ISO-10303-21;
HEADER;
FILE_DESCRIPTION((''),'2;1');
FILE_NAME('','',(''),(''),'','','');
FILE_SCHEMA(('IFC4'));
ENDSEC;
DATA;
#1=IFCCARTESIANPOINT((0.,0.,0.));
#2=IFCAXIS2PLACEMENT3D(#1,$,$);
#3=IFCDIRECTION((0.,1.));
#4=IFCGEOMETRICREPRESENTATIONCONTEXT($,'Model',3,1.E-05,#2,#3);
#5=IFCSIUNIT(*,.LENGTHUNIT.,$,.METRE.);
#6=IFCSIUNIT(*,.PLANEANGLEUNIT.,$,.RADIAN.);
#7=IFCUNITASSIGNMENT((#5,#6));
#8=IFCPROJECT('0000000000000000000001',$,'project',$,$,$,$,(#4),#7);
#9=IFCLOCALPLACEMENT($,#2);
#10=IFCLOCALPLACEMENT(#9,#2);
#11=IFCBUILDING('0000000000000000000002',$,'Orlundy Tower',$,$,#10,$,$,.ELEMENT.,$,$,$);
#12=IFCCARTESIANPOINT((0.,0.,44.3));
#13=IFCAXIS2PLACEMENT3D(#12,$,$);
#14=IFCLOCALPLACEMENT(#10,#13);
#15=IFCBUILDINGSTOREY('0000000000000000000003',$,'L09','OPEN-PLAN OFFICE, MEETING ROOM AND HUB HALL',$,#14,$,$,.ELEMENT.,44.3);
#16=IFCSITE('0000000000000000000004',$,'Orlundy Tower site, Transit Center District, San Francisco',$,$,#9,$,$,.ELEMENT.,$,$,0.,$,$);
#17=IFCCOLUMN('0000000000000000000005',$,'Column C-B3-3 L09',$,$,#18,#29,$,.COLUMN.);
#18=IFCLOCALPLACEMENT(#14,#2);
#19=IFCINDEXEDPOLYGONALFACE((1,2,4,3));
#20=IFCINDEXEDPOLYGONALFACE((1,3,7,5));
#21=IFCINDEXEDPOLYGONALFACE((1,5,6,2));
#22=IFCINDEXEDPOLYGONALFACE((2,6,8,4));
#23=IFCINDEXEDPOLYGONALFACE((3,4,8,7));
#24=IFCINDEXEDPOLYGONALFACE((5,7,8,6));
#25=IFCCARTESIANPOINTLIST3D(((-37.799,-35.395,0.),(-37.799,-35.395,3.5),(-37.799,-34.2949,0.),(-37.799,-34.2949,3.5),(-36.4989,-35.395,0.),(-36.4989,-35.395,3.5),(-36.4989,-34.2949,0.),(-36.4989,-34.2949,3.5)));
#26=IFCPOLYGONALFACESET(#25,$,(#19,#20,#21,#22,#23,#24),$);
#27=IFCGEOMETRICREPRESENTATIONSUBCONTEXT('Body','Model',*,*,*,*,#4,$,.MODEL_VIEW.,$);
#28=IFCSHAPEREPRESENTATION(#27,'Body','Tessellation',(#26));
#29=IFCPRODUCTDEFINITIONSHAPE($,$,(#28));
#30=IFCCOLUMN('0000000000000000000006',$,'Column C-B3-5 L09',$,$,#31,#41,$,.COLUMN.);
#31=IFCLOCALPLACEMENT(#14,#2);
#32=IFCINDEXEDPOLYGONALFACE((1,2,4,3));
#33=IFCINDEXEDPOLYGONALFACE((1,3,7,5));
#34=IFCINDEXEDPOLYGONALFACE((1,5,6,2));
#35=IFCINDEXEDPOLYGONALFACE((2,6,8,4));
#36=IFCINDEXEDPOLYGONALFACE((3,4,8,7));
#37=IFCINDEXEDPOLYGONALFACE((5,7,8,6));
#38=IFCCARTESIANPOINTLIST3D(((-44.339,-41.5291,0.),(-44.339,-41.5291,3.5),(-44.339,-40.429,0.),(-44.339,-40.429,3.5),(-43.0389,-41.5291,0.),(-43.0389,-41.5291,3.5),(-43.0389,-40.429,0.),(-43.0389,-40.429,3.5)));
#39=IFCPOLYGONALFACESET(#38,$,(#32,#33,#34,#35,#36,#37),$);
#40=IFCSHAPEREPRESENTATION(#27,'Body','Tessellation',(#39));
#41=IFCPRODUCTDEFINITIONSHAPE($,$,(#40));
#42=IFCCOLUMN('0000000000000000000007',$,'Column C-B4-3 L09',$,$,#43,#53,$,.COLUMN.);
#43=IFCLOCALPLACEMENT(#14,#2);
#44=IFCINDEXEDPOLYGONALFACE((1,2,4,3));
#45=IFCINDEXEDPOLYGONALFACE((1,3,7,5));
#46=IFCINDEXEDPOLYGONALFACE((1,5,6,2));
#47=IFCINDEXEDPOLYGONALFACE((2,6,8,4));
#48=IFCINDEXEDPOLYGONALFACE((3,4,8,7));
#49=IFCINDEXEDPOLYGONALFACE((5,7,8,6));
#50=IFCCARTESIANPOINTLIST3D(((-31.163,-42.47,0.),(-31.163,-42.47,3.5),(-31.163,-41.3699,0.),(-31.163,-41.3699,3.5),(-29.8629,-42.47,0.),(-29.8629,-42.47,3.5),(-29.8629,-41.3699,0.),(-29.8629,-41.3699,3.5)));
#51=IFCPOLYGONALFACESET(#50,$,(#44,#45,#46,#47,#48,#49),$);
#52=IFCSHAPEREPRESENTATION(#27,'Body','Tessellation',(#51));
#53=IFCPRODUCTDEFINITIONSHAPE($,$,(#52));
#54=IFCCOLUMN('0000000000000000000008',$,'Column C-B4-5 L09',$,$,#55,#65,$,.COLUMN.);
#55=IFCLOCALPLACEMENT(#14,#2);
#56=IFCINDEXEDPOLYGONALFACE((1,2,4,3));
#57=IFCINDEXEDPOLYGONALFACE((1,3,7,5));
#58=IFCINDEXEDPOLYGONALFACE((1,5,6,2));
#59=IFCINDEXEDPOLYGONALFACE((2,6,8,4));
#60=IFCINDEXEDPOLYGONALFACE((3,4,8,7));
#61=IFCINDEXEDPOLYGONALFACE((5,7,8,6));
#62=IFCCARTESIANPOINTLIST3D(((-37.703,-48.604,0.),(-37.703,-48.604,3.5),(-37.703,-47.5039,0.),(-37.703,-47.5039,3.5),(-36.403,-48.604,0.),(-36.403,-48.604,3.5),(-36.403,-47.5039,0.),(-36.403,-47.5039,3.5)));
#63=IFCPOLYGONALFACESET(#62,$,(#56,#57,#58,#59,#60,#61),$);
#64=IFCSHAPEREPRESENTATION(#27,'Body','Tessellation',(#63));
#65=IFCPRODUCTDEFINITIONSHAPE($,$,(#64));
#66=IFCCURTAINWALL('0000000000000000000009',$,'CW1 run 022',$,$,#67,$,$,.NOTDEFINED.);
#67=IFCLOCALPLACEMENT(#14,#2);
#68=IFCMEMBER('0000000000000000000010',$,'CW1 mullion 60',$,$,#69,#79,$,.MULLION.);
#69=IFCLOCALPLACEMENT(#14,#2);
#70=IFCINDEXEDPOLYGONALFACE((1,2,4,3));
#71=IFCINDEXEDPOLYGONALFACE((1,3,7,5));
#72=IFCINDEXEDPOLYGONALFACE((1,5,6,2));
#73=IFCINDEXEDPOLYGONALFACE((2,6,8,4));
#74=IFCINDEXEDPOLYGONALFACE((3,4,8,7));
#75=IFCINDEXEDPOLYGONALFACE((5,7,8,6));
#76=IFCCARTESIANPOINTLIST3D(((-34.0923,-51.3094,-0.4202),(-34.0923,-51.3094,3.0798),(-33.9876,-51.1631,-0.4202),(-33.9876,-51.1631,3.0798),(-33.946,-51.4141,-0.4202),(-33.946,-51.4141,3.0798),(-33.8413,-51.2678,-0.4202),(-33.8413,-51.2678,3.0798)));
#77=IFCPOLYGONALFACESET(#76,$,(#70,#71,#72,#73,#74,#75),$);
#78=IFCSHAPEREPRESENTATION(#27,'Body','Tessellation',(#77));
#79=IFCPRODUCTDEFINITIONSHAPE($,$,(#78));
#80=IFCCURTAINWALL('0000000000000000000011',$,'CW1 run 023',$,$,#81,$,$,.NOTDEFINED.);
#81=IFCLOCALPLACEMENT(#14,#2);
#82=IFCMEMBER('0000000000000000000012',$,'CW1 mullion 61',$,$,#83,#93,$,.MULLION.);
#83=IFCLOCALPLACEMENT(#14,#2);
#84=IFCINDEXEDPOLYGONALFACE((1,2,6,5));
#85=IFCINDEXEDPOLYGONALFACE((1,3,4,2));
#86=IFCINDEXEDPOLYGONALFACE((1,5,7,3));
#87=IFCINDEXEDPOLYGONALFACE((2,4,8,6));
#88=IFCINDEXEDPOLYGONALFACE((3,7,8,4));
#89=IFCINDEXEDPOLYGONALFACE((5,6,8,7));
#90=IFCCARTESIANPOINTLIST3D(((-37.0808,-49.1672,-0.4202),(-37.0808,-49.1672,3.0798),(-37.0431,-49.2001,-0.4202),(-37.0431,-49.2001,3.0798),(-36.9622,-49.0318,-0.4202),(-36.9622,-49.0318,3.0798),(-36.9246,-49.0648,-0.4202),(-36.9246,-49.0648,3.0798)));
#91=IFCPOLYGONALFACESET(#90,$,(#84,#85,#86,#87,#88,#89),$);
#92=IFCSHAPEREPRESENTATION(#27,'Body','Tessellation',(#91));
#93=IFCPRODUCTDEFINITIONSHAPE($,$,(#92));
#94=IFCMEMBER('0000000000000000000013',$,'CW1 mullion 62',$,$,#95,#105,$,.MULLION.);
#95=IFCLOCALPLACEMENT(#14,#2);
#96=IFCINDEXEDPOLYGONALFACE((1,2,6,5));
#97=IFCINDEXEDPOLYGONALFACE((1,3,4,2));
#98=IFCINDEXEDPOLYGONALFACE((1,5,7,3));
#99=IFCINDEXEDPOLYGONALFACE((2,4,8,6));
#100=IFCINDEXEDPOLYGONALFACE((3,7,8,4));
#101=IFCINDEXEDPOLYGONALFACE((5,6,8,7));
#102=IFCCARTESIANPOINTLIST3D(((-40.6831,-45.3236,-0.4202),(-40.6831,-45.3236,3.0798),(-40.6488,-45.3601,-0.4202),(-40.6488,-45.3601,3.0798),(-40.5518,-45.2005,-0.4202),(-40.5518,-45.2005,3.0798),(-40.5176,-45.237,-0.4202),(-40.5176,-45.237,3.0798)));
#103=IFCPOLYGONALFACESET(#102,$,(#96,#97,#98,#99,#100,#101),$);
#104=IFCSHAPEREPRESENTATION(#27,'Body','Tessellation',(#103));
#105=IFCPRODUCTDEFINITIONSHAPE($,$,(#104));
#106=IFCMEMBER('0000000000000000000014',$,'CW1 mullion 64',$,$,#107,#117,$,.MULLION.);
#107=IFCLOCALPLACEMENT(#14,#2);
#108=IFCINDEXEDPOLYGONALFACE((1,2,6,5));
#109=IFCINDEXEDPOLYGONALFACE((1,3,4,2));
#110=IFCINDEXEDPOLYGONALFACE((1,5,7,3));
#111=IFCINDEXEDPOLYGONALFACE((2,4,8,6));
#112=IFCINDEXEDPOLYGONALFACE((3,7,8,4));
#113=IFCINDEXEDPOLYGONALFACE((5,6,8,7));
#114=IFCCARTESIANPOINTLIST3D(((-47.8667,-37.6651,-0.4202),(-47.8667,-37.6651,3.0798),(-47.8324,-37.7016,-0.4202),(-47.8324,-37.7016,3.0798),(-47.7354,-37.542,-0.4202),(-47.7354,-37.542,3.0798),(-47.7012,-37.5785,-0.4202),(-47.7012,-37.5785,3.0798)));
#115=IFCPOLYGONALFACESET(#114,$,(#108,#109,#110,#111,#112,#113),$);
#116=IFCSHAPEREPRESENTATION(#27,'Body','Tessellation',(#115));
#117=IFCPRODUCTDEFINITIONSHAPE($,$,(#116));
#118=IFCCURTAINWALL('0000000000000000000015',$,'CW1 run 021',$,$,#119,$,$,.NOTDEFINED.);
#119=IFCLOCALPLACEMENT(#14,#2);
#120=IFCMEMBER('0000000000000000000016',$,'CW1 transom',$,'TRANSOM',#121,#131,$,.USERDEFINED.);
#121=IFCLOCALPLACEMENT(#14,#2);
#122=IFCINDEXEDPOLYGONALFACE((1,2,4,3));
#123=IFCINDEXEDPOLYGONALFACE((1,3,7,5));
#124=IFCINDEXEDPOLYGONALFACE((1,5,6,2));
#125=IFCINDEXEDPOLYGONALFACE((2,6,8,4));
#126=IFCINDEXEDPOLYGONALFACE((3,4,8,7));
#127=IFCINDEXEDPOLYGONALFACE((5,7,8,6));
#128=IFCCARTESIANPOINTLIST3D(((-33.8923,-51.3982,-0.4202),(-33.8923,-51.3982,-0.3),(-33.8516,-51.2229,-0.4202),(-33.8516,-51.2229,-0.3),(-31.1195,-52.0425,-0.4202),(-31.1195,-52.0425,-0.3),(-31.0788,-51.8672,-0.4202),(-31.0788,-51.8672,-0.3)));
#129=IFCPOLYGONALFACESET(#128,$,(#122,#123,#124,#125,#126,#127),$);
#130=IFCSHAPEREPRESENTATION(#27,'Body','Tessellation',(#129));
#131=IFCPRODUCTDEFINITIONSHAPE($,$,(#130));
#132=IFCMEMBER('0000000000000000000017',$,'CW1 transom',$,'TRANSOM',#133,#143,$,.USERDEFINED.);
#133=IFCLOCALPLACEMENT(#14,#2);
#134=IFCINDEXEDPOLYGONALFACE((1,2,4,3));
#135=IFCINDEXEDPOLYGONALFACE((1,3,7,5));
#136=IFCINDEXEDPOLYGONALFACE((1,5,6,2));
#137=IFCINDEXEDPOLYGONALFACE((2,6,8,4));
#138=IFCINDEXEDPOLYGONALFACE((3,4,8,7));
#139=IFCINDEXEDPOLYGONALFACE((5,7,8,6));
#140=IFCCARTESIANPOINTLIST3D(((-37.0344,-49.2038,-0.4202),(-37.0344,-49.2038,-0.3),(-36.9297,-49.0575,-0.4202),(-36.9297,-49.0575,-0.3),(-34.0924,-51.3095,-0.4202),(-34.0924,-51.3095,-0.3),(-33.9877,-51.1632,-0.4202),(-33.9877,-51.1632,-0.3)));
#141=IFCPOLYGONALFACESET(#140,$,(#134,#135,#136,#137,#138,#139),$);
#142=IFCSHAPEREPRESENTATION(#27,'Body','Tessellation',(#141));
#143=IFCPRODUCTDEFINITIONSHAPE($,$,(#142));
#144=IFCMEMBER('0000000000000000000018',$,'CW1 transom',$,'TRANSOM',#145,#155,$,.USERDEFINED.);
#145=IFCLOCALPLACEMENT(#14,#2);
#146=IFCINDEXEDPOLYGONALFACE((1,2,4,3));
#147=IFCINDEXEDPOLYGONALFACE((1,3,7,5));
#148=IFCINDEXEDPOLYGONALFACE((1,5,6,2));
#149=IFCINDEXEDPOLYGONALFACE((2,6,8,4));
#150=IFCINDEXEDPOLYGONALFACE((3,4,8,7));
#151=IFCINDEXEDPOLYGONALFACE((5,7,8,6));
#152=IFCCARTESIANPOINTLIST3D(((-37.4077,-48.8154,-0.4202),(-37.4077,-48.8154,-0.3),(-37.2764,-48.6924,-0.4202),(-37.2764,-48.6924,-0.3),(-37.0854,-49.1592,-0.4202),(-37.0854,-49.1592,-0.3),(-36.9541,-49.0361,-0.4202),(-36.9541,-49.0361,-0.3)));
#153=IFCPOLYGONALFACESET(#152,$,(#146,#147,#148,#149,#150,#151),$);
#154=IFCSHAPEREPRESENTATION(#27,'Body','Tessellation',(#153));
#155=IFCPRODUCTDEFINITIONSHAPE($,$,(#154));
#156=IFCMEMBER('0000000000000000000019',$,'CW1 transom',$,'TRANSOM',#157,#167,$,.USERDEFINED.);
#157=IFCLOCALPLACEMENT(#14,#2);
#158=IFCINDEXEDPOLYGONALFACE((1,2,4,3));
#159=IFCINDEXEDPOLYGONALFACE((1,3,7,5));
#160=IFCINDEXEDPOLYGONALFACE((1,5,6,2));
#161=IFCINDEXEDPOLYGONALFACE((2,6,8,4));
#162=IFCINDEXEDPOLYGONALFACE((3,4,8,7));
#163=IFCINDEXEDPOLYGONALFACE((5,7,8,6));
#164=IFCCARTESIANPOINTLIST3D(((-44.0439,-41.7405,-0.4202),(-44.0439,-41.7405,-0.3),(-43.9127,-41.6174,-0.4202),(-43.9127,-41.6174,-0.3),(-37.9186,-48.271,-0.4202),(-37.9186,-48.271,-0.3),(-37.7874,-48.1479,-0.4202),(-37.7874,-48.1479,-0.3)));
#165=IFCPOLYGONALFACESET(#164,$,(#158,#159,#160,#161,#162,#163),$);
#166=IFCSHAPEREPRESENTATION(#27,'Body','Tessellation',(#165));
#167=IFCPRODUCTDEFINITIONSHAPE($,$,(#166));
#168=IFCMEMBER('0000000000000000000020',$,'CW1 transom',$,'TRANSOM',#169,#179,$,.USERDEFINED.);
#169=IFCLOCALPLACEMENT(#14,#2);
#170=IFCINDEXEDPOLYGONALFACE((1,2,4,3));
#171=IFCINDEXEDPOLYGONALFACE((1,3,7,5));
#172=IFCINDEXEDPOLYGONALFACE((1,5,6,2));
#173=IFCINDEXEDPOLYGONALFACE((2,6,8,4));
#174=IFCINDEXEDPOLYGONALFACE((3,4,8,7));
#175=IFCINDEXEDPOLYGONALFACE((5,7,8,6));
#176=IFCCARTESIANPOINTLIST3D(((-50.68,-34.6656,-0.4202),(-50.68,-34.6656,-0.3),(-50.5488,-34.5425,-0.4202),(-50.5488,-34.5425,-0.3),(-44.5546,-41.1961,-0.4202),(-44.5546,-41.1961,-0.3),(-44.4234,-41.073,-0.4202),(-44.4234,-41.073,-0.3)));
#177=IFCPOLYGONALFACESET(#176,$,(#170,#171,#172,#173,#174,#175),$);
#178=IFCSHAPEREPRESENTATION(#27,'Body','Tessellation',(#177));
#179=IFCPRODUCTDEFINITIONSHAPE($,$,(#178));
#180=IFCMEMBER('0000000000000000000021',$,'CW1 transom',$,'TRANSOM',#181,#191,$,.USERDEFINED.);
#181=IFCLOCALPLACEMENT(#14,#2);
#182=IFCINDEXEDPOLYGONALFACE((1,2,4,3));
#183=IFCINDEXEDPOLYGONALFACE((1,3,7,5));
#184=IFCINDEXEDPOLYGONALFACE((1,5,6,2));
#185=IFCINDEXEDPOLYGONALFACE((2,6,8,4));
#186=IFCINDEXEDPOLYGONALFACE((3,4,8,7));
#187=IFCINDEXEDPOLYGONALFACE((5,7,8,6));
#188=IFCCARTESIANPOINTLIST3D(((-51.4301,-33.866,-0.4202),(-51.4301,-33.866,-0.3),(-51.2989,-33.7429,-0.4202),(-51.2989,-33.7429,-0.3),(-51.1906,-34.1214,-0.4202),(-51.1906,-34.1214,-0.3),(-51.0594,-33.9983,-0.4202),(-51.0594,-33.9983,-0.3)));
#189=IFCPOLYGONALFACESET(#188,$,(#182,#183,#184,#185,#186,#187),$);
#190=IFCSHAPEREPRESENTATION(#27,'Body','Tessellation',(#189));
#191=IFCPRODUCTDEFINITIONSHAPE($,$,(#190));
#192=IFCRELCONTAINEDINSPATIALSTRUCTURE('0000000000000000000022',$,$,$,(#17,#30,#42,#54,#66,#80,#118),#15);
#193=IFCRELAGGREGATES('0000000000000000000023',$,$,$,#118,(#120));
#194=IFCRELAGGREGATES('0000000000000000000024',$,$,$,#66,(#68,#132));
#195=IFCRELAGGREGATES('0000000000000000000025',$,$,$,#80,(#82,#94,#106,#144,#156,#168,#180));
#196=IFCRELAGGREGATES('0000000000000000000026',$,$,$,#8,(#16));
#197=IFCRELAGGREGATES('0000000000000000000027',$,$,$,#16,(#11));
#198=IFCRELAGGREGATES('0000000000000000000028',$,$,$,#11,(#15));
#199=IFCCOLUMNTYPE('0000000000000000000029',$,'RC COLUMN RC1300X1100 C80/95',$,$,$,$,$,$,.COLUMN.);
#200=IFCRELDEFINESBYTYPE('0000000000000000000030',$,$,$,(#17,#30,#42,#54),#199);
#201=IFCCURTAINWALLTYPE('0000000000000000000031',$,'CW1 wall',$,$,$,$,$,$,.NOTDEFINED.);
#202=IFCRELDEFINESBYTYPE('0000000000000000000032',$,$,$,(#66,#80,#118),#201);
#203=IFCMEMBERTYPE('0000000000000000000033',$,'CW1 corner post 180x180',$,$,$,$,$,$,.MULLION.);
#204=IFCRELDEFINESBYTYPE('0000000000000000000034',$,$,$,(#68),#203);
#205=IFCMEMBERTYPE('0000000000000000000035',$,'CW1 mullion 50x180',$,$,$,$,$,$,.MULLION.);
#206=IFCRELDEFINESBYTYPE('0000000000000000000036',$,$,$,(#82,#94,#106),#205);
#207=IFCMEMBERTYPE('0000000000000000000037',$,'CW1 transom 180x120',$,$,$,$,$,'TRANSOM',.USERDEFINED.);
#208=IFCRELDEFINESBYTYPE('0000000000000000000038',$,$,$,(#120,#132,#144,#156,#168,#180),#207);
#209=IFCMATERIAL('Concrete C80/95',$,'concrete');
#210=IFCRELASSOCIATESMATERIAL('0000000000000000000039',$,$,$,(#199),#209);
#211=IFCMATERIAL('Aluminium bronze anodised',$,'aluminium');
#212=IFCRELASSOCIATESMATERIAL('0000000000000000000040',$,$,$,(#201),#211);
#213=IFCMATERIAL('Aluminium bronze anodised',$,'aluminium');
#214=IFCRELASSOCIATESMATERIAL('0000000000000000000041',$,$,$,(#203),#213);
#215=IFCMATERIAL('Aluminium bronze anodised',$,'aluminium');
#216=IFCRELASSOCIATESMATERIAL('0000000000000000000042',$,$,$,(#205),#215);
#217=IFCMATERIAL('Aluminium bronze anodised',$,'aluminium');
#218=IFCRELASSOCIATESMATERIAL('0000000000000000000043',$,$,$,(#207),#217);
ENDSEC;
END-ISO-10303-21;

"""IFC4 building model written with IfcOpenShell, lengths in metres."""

from ifc_helpers import new_model, si_unit, direction, frame, origin, origin_2d, place, context, subcontext, project, spatial, rectangle, extrude, material, material_profile, profile_set, type_object, element, aggregate, save


model = new_model("IFC4")

# Units and contexts
model_context = context("Model", 3, precision=1e-05, world=origin(), true_north=direction((0.0, 1.0)))
body_context = subcontext(model_context, "Body", "Model", "MODEL_VIEW")
ifc_project = project(units=[si_unit("LENGTHUNIT", "METRE"), si_unit("PLANEANGLEUNIT", "RADIAN")], contexts=[model_context])

# Site, building, storey
site_placement = place(None, origin())
site = spatial("IfcSite", under=ifc_project, at=site_placement, Name="Orlundy Tower site, Transit Center District, San Francisco", CompositionType="ELEMENT", RefElevation=0.0)
building_placement = place(site_placement, origin())
building = spatial("IfcBuilding", under=site, at=building_placement, Name="Orlundy Tower", CompositionType="ELEMENT")
storey_placement = place(building_placement, frame((0.0, 0.0, 44.3)))
storey = spatial("IfcBuildingStorey", under=building, at=storey_placement, Name="L09", Description="OPEN-PLAN OFFICE, MEETING ROOM AND HUB HALL", CompositionType="ELEMENT", Elevation=44.3)

# Columns
ifc_material_1 = material(Name="Concrete C80/95", Category="concrete")
ifc_material_profile_1 = material_profile(ifc_material_1, rectangle(XDim=1.3, YDim=1.1001, at=origin_2d()), Name="RC1300X1100")
ifc_profile_set_1 = profile_set([ifc_material_profile_1], Name="Concrete C80/95")
column_type = type_object("IfcColumnType", Name="RC COLUMN RC1300X1100 C80/95", PredefinedType="COLUMN", material=ifc_profile_set_1)
for number, where, z_axis, x_axis, name in (
    (1, (-37.1489, -34.845, 0.0), (0.0, 0.0, 1.0), (1.0, 0.0, 0.0), "Column C-B3-3 L09"),
    (2, (-43.689, -40.979, 0.0), (0.0, 0.0, 1.0), (1.0, 0.0, 0.0), "Column C-B3-5 L09"),
    (3, (-30.5129, -41.9199, 0.0), (0.0, 0.0, 1.0), (1.0, 0.0, 0.0), "Column C-B4-3 L09"),
    (4, (-37.053, -48.054, 0.0), (0.0, 0.0, 1.0), (1.0, 0.0, 0.0), "Column C-B4-5 L09"),
):
    element("IfcColumn", number, at=place(storey_placement, frame(where, z_axis=z_axis, x_axis=x_axis)), inside=storey, type_object=column_type, Name=name, PredefinedType="COLUMN", context=body_context, shape_type="SweptSolid", body=[
        extrude(rectangle(XDim=1.3, YDim=1.1001, at=origin_2d()), origin(), (0.0, 0.0, 1.0), 3.5),
    ])

# Curtain wall, member
ifc_material_2 = material(Name="Aluminium bronze anodised", Category="aluminium")
curtain_wall_type = type_object("IfcCurtainWallType", Name="CW1 wall", PredefinedType="NOTDEFINED", material=ifc_material_2)
curtain_wall_1_placement = place(storey_placement, origin())
curtain_wall_1 = element("IfcCurtainWall", 5, at=curtain_wall_1_placement, inside=storey, type_object=curtain_wall_type, Name="CW1 run 022", PredefinedType="NOTDEFINED")
ifc_material_3 = material(Name="Aluminium bronze anodised", Category="aluminium")
ifc_material_profile_2 = material_profile(ifc_material_3, rectangle(XDim=0.1799, YDim=0.1799, at=origin_2d()), Name="CW1 corner post 180x180")
ifc_profile_set_2 = profile_set([ifc_material_profile_2], Name="Aluminium bronze anodised")
member_type_1 = type_object("IfcMemberType", Name="CW1 corner post 180x180", PredefinedType="MULLION", material=ifc_profile_set_2)
member_1_placement = place(storey_placement, frame((-33.9668, -51.2886, -0.4202), z_axis=(0.0, 0.0, 1.0), x_axis=(-0.581978, -0.813204, 0.0)))
member_1 = element("IfcMember", 6, at=member_1_placement, type_object=member_type_1, Name="CW1 mullion 60", PredefinedType="MULLION", context=body_context, shape_type="SweptSolid", body=[
    extrude(rectangle(XDim=0.1799, YDim=0.1799, at=origin_2d()), origin(), (0.0, 0.0, 1.0), 3.5),
])

# Curtain wall, members
curtain_wall_2_placement = place(storey_placement, origin())
curtain_wall_2 = element("IfcCurtainWall", 7, at=curtain_wall_2_placement, inside=storey, type_object=curtain_wall_type, Name="CW1 run 023", PredefinedType="NOTDEFINED")
ifc_material_4 = material(Name="Aluminium bronze anodised", Category="aluminium")
ifc_material_profile_3 = material_profile(ifc_material_4, rectangle(XDim=0.1799, YDim=0.05, at=origin_2d()), Name="CW1 mullion 50x180")
ifc_profile_set_3 = profile_set([ifc_material_profile_3], Name="Aluminium bronze anodised")
member_type_2 = type_object("IfcMemberType", Name="CW1 mullion 50x180", PredefinedType="MULLION", material=ifc_profile_set_3)
member_2_placement = place(storey_placement, frame((-37.0027, -49.116, -0.4202), z_axis=(0.0, 0.0, 1.0), x_axis=(-0.658839, -0.752284, 0.0)))
member_2 = element("IfcMember", 8, at=member_2_placement, type_object=member_type_2, Name="CW1 mullion 61", PredefinedType="MULLION", context=body_context, shape_type="SweptSolid", body=[
    extrude(rectangle(XDim=0.1799, YDim=0.05, at=origin_2d()), origin(), (0.0, 0.0, 1.0), 3.5),
])
member_3_placement = place(storey_placement, frame((-40.6003, -45.2803, -0.4202), z_axis=(0.0, 0.0, 1.0), x_axis=(-0.729363, -0.684126, 0.0)))
member_3 = element("IfcMember", 9, at=member_3_placement, type_object=member_type_2, Name="CW1 mullion 62", PredefinedType="MULLION", context=body_context, shape_type="SweptSolid", body=[
    extrude(rectangle(XDim=0.1799, YDim=0.05, at=origin_2d()), origin(), (0.0, 0.0, 1.0), 3.5),
])
member_4_placement = place(storey_placement, frame((-47.7839, -37.6218, -0.4202), z_axis=(0.0, 0.0, 1.0), x_axis=(-0.729363, -0.684126, 0.0)))
member_4 = element("IfcMember", 10, at=member_4_placement, type_object=member_type_2, Name="CW1 mullion 64", PredefinedType="MULLION", context=body_context, shape_type="SweptSolid", body=[
    extrude(rectangle(XDim=0.1799, YDim=0.05, at=origin_2d()), origin(), (0.0, 0.0, 1.0), 3.5),
])

# Curtain wall, member
curtain_wall_3_placement = place(storey_placement, origin())
curtain_wall_3 = element("IfcCurtainWall", 11, at=curtain_wall_3_placement, inside=storey, type_object=curtain_wall_type, Name="CW1 run 021", PredefinedType="NOTDEFINED")
ifc_material_5 = material(Name="Aluminium bronze anodised", Category="aluminium")
ifc_material_profile_4 = material_profile(ifc_material_5, rectangle(XDim=0.1799, YDim=0.1201, at=origin_2d()), Name="CW1 transom 180x120")
ifc_profile_set_4 = profile_set([ifc_material_profile_4], Name="Aluminium bronze anodised")
member_type_3 = type_object("IfcMemberType", Name="CW1 transom 180x120", ElementType="TRANSOM", PredefinedType="USERDEFINED", material=ifc_profile_set_4)
member_5_placement = place(storey_placement, frame((-31.0991, -51.9548, -0.3601), z_axis=(-0.974049, 0.226338, 0.0), x_axis=(-0.226338, -0.974049, 0.0)))
member_5 = element("IfcMember", 12, at=member_5_placement, type_object=member_type_3, Name="CW1 transom", ObjectType="TRANSOM", PredefinedType="USERDEFINED", context=body_context, shape_type="SweptSolid", body=[
    extrude(rectangle(XDim=0.1799, YDim=0.1201, at=origin_2d()), origin(), (0.0, 0.0, 1.0), 2.8467),
])

# Members
member_6_placement = place(storey_placement, frame((-34.04, -51.2363, -0.3601), z_axis=(-0.813186, 0.582004, 0.0), x_axis=(-0.582004, -0.813186, 0.0)))
member_6 = element("IfcMember", 13, at=member_6_placement, type_object=member_type_3, Name="CW1 transom", ObjectType="TRANSOM", PredefinedType="USERDEFINED", context=body_context, shape_type="SweptSolid", body=[
    extrude(rectangle(XDim=0.1799, YDim=0.1201, at=origin_2d()), origin(), (0.0, 0.0, 1.0), 3.6179),
])
member_7_placement = place(storey_placement, frame((-37.0198, -49.0977, -0.3601), z_axis=(-0.683941, 0.729537, 0.0), x_axis=(-0.729537, -0.683941, 0.0)))
member_7 = element("IfcMember", 14, at=member_7_placement, type_object=member_type_3, Name="CW1 transom", ObjectType="TRANSOM", PredefinedType="USERDEFINED", context=body_context, shape_type="SweptSolid", body=[
    extrude(rectangle(XDim=0.1799, YDim=0.1201, at=origin_2d()), origin(), (0.0, 0.0, 1.0), 0.4712),
])
member_8_placement = place(storey_placement, frame((-37.853, -48.2095, -0.3601), z_axis=(-0.684113, 0.729376, 0.0), x_axis=(-0.729376, -0.684113, 0.0)))
member_8 = element("IfcMember", 15, at=member_8_placement, type_object=member_type_3, Name="CW1 transom", ObjectType="TRANSOM", PredefinedType="USERDEFINED", context=body_context, shape_type="SweptSolid", body=[
    extrude(rectangle(XDim=0.1799, YDim=0.1201, at=origin_2d()), origin(), (0.0, 0.0, 1.0), 8.9536),
])
member_9_placement = place(storey_placement, frame((-44.489, -41.1345, -0.3601), z_axis=(-0.684127, 0.729363, 0.0), x_axis=(-0.729363, -0.684127, 0.0)))
member_9 = element("IfcMember", 16, at=member_9_placement, type_object=member_type_3, Name="CW1 transom", ObjectType="TRANSOM", PredefinedType="USERDEFINED", context=body_context, shape_type="SweptSolid", body=[
    extrude(rectangle(XDim=0.1799, YDim=0.1201, at=origin_2d()), origin(), (0.0, 0.0, 1.0), 8.9536),
])
member_10_placement = place(storey_placement, frame((-51.125, -34.0598, -0.3601), z_axis=(-0.68408, 0.729407, 0.0), x_axis=(-0.729407, -0.68408, 0.0)))
member_10 = element("IfcMember", 17, at=member_10_placement, type_object=member_type_3, Name="CW1 transom", ObjectType="TRANSOM", PredefinedType="USERDEFINED", context=body_context, shape_type="SweptSolid", body=[
    extrude(rectangle(XDim=0.1799, YDim=0.1201, at=origin_2d()), origin(), (0.0, 0.0, 1.0), 0.3501),
])

aggregate(curtain_wall_3, [member_5])
aggregate(curtain_wall_1, [member_1, member_6])
aggregate(curtain_wall_2, [member_2, member_3, member_4, member_7, member_8, member_9, member_10])

save(model, "model.ifc")
